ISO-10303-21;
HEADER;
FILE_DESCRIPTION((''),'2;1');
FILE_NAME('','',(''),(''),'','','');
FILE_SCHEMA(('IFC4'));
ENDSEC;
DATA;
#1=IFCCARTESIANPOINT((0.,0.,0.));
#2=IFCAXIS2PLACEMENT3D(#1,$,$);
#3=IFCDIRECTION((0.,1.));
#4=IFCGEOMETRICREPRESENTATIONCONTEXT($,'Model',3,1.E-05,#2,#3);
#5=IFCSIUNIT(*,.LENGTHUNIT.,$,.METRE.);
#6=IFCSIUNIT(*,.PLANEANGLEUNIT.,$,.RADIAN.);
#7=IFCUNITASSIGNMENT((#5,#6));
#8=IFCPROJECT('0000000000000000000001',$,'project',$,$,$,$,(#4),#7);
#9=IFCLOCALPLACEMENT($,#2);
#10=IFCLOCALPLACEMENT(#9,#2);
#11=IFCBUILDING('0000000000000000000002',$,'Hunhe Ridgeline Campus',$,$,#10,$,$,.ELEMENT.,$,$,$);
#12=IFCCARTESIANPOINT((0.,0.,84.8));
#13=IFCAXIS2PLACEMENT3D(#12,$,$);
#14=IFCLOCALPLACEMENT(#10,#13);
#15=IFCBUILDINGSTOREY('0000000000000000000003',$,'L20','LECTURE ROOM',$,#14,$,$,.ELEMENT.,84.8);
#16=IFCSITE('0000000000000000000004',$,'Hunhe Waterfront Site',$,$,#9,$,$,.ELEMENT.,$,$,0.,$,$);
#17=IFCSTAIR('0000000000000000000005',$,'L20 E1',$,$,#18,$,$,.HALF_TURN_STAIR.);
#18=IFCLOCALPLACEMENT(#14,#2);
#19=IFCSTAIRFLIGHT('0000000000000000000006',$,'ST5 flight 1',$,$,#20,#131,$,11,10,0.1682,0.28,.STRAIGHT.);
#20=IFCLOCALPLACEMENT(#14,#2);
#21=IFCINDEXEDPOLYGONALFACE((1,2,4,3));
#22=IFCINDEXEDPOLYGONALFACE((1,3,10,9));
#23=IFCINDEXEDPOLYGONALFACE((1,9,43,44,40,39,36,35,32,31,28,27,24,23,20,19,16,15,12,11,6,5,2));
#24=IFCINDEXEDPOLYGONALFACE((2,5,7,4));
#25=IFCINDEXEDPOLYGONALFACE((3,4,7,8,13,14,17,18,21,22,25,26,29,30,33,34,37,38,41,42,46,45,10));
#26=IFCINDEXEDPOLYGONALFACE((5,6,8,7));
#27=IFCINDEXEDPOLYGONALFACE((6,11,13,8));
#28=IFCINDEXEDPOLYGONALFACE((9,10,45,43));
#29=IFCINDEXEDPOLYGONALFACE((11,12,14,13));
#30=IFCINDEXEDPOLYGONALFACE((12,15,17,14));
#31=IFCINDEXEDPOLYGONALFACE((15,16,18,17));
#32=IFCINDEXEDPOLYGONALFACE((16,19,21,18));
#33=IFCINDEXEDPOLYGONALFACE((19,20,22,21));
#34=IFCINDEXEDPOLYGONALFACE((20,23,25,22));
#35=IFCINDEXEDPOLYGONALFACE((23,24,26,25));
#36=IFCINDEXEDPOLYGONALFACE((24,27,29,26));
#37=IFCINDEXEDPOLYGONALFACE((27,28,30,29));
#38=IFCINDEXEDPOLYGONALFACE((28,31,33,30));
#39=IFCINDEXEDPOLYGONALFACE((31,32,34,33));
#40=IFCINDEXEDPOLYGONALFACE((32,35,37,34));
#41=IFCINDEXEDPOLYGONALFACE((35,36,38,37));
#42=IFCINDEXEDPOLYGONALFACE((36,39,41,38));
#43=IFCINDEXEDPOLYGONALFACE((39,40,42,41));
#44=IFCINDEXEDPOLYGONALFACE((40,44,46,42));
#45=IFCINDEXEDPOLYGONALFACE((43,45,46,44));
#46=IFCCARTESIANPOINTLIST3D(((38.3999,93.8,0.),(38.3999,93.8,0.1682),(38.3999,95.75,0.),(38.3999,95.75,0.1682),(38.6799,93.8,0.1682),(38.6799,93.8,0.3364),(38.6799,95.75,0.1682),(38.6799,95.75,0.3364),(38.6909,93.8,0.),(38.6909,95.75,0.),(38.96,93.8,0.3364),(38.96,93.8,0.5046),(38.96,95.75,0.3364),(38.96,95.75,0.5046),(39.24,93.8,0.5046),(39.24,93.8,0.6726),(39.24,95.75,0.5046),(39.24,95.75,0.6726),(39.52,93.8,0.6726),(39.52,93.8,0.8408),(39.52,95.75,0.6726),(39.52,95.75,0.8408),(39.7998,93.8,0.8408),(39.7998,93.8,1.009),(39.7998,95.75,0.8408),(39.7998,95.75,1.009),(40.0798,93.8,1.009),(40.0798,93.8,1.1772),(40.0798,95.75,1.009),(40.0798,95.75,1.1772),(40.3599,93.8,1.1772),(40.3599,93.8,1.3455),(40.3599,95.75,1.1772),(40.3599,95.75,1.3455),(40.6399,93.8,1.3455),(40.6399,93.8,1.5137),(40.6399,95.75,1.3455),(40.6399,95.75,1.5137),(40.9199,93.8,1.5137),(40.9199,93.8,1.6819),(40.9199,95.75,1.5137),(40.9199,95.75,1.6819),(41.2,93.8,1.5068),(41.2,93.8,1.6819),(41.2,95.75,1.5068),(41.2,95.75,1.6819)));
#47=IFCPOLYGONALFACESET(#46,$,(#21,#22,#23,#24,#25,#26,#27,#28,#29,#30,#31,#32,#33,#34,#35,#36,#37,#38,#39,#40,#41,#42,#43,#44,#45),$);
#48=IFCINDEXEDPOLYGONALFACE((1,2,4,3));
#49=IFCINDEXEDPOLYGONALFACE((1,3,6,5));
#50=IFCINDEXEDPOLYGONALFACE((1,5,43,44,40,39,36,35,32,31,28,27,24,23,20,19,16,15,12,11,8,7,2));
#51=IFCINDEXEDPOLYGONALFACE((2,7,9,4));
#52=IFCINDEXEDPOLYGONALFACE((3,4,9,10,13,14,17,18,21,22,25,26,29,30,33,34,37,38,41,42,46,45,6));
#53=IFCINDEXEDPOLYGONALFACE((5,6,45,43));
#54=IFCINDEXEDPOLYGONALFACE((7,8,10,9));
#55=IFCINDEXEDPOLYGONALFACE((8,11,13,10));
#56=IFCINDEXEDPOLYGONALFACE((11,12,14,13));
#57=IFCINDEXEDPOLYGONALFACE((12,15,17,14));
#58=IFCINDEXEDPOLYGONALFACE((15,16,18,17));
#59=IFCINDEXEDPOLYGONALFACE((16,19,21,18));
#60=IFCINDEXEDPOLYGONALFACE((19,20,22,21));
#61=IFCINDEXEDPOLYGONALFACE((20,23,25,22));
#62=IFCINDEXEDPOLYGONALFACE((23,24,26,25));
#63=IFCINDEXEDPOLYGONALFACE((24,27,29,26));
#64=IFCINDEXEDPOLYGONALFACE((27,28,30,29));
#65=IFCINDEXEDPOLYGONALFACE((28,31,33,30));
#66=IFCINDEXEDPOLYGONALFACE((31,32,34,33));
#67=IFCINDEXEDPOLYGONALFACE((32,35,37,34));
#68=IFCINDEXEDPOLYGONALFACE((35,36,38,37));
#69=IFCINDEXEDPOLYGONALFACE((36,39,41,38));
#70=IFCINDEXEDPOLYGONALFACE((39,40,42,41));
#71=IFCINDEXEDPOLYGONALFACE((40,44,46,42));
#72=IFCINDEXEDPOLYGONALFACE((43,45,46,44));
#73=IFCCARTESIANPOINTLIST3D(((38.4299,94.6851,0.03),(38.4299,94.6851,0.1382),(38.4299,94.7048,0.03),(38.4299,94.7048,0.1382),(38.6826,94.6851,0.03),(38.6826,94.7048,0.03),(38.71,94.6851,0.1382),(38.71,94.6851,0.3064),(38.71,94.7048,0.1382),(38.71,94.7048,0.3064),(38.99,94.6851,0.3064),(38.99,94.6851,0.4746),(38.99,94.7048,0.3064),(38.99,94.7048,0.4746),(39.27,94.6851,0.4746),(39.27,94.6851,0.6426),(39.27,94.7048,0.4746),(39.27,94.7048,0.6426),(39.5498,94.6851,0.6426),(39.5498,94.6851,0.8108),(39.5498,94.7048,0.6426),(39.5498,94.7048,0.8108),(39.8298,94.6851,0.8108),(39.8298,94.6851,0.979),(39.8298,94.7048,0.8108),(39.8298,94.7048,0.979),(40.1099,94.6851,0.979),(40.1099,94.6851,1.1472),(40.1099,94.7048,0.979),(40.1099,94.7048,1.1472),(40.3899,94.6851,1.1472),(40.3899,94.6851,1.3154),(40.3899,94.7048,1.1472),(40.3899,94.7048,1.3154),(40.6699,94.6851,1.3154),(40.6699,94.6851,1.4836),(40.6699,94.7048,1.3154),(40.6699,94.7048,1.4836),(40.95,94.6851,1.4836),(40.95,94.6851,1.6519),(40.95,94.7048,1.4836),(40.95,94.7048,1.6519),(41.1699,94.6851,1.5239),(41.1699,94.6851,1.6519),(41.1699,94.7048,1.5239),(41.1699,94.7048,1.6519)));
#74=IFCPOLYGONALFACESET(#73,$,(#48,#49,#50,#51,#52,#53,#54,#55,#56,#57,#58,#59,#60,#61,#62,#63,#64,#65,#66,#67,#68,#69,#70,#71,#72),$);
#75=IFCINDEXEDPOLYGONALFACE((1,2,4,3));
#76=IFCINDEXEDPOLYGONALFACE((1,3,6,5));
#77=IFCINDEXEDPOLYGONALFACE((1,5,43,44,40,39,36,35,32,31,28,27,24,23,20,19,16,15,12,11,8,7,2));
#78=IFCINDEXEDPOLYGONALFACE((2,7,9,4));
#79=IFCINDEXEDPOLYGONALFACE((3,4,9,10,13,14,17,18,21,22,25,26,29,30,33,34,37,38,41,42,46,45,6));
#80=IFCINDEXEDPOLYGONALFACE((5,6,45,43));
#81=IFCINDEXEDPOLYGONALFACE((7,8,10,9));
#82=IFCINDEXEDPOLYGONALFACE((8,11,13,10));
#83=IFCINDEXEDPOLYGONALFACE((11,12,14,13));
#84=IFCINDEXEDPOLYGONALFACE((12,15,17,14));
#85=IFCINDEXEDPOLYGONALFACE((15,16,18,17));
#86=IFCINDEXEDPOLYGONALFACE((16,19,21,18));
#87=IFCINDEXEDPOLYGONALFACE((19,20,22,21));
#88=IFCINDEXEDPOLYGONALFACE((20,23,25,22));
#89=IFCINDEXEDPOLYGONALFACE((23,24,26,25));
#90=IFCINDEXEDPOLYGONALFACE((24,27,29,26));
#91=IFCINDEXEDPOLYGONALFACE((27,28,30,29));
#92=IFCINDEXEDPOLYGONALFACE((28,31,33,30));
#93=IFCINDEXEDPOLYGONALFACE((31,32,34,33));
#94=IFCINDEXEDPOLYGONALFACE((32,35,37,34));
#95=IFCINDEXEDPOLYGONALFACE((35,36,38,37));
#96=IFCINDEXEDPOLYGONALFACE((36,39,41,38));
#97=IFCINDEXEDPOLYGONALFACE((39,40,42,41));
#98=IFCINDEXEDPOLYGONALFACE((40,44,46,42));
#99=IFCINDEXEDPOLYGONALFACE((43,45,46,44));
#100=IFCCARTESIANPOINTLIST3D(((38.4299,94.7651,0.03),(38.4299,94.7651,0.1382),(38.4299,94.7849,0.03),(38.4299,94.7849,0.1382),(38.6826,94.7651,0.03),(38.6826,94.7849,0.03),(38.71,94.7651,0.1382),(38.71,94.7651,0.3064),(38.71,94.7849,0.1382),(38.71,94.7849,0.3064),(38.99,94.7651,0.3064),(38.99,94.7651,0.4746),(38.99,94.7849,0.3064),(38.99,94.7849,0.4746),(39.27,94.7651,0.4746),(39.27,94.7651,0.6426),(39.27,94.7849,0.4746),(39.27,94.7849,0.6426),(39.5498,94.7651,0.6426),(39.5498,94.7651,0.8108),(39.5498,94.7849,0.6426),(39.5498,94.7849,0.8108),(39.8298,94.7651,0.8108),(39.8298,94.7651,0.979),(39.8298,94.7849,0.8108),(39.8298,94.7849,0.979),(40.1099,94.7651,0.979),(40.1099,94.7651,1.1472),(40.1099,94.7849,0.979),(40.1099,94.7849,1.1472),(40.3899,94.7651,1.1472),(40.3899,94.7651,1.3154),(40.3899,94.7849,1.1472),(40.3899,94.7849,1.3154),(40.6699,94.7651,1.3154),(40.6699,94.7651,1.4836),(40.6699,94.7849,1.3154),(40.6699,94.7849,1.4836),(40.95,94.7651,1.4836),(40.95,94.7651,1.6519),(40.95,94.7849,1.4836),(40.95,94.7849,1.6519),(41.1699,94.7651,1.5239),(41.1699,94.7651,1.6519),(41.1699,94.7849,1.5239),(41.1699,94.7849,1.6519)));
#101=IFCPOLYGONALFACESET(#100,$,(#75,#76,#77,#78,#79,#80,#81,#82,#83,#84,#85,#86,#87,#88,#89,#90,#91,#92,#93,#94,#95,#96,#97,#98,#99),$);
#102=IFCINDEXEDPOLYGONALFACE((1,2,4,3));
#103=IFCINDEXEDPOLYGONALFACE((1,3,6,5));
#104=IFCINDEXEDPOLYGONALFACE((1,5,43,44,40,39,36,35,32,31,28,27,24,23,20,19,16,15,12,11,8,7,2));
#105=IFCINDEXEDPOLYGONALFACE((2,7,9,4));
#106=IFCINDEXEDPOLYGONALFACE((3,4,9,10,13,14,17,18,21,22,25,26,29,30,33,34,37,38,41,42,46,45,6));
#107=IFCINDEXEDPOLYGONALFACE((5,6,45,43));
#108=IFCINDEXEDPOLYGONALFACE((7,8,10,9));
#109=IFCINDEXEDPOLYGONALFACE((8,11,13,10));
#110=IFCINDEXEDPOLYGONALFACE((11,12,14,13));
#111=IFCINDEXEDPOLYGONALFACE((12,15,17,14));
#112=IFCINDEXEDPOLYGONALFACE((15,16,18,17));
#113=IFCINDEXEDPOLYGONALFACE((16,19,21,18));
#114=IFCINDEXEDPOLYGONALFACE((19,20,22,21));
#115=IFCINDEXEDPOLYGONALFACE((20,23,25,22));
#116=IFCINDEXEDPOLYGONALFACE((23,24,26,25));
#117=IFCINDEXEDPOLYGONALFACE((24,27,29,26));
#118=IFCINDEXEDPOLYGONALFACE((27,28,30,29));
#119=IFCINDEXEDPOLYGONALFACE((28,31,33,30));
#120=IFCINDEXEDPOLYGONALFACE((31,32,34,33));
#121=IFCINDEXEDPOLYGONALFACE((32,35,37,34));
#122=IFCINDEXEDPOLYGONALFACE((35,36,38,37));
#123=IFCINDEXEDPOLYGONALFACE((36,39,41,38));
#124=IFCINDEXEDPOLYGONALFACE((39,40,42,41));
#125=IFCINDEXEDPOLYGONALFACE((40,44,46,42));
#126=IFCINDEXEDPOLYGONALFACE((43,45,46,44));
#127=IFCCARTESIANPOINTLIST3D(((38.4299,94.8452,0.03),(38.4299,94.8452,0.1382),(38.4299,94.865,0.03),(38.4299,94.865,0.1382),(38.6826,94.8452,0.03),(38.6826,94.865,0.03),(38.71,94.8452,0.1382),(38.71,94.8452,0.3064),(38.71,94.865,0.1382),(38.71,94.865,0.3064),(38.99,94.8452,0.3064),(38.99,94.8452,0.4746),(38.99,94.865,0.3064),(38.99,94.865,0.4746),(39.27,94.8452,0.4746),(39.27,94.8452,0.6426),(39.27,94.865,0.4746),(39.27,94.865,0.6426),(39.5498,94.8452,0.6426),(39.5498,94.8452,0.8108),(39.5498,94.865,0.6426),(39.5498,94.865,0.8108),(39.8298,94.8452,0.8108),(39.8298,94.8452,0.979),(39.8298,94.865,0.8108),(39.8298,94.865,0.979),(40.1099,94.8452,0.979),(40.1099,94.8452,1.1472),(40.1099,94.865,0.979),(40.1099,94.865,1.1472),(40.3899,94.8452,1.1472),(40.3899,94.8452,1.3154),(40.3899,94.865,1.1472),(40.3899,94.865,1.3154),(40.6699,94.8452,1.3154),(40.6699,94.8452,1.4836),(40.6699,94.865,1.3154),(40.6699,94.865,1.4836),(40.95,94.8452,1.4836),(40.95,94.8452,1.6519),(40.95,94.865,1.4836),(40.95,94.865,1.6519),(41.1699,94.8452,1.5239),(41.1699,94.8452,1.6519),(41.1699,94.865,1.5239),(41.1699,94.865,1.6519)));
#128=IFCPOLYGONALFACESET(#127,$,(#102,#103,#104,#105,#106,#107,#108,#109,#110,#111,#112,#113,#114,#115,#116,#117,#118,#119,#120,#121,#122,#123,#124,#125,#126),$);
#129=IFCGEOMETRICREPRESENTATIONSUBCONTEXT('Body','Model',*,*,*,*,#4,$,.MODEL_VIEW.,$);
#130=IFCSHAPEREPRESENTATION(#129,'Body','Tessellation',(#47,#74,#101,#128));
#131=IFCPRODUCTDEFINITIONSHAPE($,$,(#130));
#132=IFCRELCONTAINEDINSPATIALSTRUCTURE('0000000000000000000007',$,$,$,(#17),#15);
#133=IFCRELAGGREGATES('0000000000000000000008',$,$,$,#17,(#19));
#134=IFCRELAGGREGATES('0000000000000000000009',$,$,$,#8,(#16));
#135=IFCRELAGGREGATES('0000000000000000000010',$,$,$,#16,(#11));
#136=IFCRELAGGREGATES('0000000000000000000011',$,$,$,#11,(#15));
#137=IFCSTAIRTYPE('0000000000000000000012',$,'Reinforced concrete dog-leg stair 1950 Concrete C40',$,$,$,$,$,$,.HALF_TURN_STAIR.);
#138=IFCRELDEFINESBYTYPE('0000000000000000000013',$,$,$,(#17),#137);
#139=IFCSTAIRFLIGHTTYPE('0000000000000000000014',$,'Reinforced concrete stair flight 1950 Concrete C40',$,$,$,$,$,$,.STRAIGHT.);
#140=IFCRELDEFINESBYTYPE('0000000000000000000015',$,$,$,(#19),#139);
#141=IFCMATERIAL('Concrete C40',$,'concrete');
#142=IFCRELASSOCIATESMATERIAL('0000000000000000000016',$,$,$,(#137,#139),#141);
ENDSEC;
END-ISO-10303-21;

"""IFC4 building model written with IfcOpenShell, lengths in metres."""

from ifc_helpers import new_model, si_unit, direction, frame, origin, place, context, subcontext, project, spatial, polyline, outline, extrude, material, type_object, element, aggregate, save


model = new_model("IFC4")

# Units and contexts
model_context = context("Model", 3, precision=1e-05, world=origin(), true_north=direction((0.0, 1.0)))
body_context = subcontext(model_context, "Body", "Model", "MODEL_VIEW")
ifc_project = project(units=[si_unit("LENGTHUNIT", "METRE"), si_unit("PLANEANGLEUNIT", "RADIAN")], contexts=[model_context])

# Site, building, storey
site_placement = place(None, origin())
site = spatial("IfcSite", under=ifc_project, at=site_placement, Name="Hunhe Waterfront Site", CompositionType="ELEMENT", RefElevation=0.0)
building_placement = place(site_placement, origin())
building = spatial("IfcBuilding", under=site, at=building_placement, Name="Hunhe Ridgeline Campus", CompositionType="ELEMENT")
storey_placement = place(building_placement, frame((0.0, 0.0, 84.8)))
storey = spatial("IfcBuildingStorey", under=building, at=storey_placement, Name="L20", Description="LECTURE ROOM", CompositionType="ELEMENT", Elevation=84.8)

# Shared definitions
ifc_material_1 = material(Name="Concrete C40", Category="concrete")
stair_type = type_object("IfcStairType", Name="Reinforced concrete dog-leg stair 1950 Concrete C40", PredefinedType="HALF_TURN_STAIR", material=ifc_material_1)
stair_flight_type = type_object("IfcStairFlightType", Name="Reinforced concrete stair flight 1950 Concrete C40", PredefinedType="STRAIGHT", material=ifc_material_1)

# Stair, stair flight
stair_1_placement = place(storey_placement, origin())
stair_1 = element("IfcStair", 1, at=stair_1_placement, inside=storey, type_object=stair_type, Name="L20 E1", PredefinedType="HALF_TURN_STAIR")
stair_flight_1_placement = place(storey_placement, frame((38.3999, 94.7749, 0.0), z_axis=(0.0, 0.0, 1.0), x_axis=(1.0, 0.0, 0.0)))
stair_flight_1 = element("IfcStairFlight", 2, at=stair_flight_1_placement, type_object=stair_flight_type, Name="ST5 flight 1", NumberOfRisers=11, NumberOfTreads=10, PredefinedType="STRAIGHT", RiserHeight=0.1682, TreadLength=0.28, context=body_context, shape_type="SweptSolid", body=[
    extrude(outline(polyline([(0.0, 0.0), (0.0, 0.1682), (0.28, 0.1682), (0.28, 0.3364), (0.5601, 0.3364), (0.5601, 0.5046), (0.8401, 0.5046), (0.8401, 0.6726), (1.1201, 0.6726), (1.1201, 0.8408), (1.3999, 0.8408), (1.3999, 1.009), (1.6799, 1.009), (1.6799, 1.1772), (1.96, 1.1772), (1.96, 1.3455), (2.24, 1.3455), (2.24, 1.5137), (2.52, 1.5137), (2.52, 1.6819), (2.8, 1.6819), (2.8, 1.8501), (2.8, 1.5068), (0.291, 0.0), (0.0, 0.0)])), frame((0.0, 0.9751, 0.0), z_axis=(0.0, -1.0, 0.0), x_axis=(1.0, 0.0, 0.0)), (0.0, 0.0, 1.0), 1.95),
    extrude(outline(polyline([(0.03, 0.03), (0.03, 0.1382), (0.3101, 0.1382), (0.3101, 0.3064), (0.5901, 0.3064), (0.5901, 0.4746), (0.8701, 0.4746), (0.8701, 0.6426), (1.1499, 0.6426), (1.1499, 0.8108), (1.4299, 0.8108), (1.4299, 0.979), (1.71, 0.979), (1.71, 1.1472), (1.99, 1.1472), (1.99, 1.3154), (2.27, 1.3154), (2.27, 1.4836), (2.55, 1.4836), (2.55, 1.6519), (2.77, 1.6519), (2.77, 1.5239), (0.2827, 0.03), (0.03, 0.03)])), frame((0.0, -0.0701, 0.0), z_axis=(0.0, -1.0, 0.0), x_axis=(1.0, 0.0, 0.0)), (0.0, 0.0, 1.0), 0.0198),
    extrude(outline(polyline([(0.03, 0.03), (0.03, 0.1382), (0.3101, 0.1382), (0.3101, 0.3064), (0.5901, 0.3064), (0.5901, 0.4746), (0.8701, 0.4746), (0.8701, 0.6426), (1.1499, 0.6426), (1.1499, 0.8108), (1.4299, 0.8108), (1.4299, 0.979), (1.71, 0.979), (1.71, 1.1472), (1.99, 1.1472), (1.99, 1.3154), (2.27, 1.3154), (2.27, 1.4836), (2.55, 1.4836), (2.55, 1.6519), (2.77, 1.6519), (2.77, 1.5239), (0.2827, 0.03), (0.03, 0.03)])), frame((0.0, 0.01, 0.0), z_axis=(0.0, -1.0, 0.0), x_axis=(1.0, 0.0, 0.0)), (0.0, 0.0, 1.0), 0.0198),
    extrude(outline(polyline([(0.03, 0.03), (0.03, 0.1382), (0.3101, 0.1382), (0.3101, 0.3064), (0.5901, 0.3064), (0.5901, 0.4746), (0.8701, 0.4746), (0.8701, 0.6426), (1.1499, 0.6426), (1.1499, 0.8108), (1.4299, 0.8108), (1.4299, 0.979), (1.71, 0.979), (1.71, 1.1472), (1.99, 1.1472), (1.99, 1.3154), (2.27, 1.3154), (2.27, 1.4836), (2.55, 1.4836), (2.55, 1.6519), (2.77, 1.6519), (2.77, 1.5239), (0.2827, 0.03), (0.03, 0.03)])), frame((0.0, 0.0901, 0.0), z_axis=(0.0, -1.0, 0.0), x_axis=(1.0, 0.0, 0.0)), (0.0, 0.0, 1.0), 0.0198),
])
aggregate(stair_1, [stair_flight_1])

save(model, "model.ifc")
